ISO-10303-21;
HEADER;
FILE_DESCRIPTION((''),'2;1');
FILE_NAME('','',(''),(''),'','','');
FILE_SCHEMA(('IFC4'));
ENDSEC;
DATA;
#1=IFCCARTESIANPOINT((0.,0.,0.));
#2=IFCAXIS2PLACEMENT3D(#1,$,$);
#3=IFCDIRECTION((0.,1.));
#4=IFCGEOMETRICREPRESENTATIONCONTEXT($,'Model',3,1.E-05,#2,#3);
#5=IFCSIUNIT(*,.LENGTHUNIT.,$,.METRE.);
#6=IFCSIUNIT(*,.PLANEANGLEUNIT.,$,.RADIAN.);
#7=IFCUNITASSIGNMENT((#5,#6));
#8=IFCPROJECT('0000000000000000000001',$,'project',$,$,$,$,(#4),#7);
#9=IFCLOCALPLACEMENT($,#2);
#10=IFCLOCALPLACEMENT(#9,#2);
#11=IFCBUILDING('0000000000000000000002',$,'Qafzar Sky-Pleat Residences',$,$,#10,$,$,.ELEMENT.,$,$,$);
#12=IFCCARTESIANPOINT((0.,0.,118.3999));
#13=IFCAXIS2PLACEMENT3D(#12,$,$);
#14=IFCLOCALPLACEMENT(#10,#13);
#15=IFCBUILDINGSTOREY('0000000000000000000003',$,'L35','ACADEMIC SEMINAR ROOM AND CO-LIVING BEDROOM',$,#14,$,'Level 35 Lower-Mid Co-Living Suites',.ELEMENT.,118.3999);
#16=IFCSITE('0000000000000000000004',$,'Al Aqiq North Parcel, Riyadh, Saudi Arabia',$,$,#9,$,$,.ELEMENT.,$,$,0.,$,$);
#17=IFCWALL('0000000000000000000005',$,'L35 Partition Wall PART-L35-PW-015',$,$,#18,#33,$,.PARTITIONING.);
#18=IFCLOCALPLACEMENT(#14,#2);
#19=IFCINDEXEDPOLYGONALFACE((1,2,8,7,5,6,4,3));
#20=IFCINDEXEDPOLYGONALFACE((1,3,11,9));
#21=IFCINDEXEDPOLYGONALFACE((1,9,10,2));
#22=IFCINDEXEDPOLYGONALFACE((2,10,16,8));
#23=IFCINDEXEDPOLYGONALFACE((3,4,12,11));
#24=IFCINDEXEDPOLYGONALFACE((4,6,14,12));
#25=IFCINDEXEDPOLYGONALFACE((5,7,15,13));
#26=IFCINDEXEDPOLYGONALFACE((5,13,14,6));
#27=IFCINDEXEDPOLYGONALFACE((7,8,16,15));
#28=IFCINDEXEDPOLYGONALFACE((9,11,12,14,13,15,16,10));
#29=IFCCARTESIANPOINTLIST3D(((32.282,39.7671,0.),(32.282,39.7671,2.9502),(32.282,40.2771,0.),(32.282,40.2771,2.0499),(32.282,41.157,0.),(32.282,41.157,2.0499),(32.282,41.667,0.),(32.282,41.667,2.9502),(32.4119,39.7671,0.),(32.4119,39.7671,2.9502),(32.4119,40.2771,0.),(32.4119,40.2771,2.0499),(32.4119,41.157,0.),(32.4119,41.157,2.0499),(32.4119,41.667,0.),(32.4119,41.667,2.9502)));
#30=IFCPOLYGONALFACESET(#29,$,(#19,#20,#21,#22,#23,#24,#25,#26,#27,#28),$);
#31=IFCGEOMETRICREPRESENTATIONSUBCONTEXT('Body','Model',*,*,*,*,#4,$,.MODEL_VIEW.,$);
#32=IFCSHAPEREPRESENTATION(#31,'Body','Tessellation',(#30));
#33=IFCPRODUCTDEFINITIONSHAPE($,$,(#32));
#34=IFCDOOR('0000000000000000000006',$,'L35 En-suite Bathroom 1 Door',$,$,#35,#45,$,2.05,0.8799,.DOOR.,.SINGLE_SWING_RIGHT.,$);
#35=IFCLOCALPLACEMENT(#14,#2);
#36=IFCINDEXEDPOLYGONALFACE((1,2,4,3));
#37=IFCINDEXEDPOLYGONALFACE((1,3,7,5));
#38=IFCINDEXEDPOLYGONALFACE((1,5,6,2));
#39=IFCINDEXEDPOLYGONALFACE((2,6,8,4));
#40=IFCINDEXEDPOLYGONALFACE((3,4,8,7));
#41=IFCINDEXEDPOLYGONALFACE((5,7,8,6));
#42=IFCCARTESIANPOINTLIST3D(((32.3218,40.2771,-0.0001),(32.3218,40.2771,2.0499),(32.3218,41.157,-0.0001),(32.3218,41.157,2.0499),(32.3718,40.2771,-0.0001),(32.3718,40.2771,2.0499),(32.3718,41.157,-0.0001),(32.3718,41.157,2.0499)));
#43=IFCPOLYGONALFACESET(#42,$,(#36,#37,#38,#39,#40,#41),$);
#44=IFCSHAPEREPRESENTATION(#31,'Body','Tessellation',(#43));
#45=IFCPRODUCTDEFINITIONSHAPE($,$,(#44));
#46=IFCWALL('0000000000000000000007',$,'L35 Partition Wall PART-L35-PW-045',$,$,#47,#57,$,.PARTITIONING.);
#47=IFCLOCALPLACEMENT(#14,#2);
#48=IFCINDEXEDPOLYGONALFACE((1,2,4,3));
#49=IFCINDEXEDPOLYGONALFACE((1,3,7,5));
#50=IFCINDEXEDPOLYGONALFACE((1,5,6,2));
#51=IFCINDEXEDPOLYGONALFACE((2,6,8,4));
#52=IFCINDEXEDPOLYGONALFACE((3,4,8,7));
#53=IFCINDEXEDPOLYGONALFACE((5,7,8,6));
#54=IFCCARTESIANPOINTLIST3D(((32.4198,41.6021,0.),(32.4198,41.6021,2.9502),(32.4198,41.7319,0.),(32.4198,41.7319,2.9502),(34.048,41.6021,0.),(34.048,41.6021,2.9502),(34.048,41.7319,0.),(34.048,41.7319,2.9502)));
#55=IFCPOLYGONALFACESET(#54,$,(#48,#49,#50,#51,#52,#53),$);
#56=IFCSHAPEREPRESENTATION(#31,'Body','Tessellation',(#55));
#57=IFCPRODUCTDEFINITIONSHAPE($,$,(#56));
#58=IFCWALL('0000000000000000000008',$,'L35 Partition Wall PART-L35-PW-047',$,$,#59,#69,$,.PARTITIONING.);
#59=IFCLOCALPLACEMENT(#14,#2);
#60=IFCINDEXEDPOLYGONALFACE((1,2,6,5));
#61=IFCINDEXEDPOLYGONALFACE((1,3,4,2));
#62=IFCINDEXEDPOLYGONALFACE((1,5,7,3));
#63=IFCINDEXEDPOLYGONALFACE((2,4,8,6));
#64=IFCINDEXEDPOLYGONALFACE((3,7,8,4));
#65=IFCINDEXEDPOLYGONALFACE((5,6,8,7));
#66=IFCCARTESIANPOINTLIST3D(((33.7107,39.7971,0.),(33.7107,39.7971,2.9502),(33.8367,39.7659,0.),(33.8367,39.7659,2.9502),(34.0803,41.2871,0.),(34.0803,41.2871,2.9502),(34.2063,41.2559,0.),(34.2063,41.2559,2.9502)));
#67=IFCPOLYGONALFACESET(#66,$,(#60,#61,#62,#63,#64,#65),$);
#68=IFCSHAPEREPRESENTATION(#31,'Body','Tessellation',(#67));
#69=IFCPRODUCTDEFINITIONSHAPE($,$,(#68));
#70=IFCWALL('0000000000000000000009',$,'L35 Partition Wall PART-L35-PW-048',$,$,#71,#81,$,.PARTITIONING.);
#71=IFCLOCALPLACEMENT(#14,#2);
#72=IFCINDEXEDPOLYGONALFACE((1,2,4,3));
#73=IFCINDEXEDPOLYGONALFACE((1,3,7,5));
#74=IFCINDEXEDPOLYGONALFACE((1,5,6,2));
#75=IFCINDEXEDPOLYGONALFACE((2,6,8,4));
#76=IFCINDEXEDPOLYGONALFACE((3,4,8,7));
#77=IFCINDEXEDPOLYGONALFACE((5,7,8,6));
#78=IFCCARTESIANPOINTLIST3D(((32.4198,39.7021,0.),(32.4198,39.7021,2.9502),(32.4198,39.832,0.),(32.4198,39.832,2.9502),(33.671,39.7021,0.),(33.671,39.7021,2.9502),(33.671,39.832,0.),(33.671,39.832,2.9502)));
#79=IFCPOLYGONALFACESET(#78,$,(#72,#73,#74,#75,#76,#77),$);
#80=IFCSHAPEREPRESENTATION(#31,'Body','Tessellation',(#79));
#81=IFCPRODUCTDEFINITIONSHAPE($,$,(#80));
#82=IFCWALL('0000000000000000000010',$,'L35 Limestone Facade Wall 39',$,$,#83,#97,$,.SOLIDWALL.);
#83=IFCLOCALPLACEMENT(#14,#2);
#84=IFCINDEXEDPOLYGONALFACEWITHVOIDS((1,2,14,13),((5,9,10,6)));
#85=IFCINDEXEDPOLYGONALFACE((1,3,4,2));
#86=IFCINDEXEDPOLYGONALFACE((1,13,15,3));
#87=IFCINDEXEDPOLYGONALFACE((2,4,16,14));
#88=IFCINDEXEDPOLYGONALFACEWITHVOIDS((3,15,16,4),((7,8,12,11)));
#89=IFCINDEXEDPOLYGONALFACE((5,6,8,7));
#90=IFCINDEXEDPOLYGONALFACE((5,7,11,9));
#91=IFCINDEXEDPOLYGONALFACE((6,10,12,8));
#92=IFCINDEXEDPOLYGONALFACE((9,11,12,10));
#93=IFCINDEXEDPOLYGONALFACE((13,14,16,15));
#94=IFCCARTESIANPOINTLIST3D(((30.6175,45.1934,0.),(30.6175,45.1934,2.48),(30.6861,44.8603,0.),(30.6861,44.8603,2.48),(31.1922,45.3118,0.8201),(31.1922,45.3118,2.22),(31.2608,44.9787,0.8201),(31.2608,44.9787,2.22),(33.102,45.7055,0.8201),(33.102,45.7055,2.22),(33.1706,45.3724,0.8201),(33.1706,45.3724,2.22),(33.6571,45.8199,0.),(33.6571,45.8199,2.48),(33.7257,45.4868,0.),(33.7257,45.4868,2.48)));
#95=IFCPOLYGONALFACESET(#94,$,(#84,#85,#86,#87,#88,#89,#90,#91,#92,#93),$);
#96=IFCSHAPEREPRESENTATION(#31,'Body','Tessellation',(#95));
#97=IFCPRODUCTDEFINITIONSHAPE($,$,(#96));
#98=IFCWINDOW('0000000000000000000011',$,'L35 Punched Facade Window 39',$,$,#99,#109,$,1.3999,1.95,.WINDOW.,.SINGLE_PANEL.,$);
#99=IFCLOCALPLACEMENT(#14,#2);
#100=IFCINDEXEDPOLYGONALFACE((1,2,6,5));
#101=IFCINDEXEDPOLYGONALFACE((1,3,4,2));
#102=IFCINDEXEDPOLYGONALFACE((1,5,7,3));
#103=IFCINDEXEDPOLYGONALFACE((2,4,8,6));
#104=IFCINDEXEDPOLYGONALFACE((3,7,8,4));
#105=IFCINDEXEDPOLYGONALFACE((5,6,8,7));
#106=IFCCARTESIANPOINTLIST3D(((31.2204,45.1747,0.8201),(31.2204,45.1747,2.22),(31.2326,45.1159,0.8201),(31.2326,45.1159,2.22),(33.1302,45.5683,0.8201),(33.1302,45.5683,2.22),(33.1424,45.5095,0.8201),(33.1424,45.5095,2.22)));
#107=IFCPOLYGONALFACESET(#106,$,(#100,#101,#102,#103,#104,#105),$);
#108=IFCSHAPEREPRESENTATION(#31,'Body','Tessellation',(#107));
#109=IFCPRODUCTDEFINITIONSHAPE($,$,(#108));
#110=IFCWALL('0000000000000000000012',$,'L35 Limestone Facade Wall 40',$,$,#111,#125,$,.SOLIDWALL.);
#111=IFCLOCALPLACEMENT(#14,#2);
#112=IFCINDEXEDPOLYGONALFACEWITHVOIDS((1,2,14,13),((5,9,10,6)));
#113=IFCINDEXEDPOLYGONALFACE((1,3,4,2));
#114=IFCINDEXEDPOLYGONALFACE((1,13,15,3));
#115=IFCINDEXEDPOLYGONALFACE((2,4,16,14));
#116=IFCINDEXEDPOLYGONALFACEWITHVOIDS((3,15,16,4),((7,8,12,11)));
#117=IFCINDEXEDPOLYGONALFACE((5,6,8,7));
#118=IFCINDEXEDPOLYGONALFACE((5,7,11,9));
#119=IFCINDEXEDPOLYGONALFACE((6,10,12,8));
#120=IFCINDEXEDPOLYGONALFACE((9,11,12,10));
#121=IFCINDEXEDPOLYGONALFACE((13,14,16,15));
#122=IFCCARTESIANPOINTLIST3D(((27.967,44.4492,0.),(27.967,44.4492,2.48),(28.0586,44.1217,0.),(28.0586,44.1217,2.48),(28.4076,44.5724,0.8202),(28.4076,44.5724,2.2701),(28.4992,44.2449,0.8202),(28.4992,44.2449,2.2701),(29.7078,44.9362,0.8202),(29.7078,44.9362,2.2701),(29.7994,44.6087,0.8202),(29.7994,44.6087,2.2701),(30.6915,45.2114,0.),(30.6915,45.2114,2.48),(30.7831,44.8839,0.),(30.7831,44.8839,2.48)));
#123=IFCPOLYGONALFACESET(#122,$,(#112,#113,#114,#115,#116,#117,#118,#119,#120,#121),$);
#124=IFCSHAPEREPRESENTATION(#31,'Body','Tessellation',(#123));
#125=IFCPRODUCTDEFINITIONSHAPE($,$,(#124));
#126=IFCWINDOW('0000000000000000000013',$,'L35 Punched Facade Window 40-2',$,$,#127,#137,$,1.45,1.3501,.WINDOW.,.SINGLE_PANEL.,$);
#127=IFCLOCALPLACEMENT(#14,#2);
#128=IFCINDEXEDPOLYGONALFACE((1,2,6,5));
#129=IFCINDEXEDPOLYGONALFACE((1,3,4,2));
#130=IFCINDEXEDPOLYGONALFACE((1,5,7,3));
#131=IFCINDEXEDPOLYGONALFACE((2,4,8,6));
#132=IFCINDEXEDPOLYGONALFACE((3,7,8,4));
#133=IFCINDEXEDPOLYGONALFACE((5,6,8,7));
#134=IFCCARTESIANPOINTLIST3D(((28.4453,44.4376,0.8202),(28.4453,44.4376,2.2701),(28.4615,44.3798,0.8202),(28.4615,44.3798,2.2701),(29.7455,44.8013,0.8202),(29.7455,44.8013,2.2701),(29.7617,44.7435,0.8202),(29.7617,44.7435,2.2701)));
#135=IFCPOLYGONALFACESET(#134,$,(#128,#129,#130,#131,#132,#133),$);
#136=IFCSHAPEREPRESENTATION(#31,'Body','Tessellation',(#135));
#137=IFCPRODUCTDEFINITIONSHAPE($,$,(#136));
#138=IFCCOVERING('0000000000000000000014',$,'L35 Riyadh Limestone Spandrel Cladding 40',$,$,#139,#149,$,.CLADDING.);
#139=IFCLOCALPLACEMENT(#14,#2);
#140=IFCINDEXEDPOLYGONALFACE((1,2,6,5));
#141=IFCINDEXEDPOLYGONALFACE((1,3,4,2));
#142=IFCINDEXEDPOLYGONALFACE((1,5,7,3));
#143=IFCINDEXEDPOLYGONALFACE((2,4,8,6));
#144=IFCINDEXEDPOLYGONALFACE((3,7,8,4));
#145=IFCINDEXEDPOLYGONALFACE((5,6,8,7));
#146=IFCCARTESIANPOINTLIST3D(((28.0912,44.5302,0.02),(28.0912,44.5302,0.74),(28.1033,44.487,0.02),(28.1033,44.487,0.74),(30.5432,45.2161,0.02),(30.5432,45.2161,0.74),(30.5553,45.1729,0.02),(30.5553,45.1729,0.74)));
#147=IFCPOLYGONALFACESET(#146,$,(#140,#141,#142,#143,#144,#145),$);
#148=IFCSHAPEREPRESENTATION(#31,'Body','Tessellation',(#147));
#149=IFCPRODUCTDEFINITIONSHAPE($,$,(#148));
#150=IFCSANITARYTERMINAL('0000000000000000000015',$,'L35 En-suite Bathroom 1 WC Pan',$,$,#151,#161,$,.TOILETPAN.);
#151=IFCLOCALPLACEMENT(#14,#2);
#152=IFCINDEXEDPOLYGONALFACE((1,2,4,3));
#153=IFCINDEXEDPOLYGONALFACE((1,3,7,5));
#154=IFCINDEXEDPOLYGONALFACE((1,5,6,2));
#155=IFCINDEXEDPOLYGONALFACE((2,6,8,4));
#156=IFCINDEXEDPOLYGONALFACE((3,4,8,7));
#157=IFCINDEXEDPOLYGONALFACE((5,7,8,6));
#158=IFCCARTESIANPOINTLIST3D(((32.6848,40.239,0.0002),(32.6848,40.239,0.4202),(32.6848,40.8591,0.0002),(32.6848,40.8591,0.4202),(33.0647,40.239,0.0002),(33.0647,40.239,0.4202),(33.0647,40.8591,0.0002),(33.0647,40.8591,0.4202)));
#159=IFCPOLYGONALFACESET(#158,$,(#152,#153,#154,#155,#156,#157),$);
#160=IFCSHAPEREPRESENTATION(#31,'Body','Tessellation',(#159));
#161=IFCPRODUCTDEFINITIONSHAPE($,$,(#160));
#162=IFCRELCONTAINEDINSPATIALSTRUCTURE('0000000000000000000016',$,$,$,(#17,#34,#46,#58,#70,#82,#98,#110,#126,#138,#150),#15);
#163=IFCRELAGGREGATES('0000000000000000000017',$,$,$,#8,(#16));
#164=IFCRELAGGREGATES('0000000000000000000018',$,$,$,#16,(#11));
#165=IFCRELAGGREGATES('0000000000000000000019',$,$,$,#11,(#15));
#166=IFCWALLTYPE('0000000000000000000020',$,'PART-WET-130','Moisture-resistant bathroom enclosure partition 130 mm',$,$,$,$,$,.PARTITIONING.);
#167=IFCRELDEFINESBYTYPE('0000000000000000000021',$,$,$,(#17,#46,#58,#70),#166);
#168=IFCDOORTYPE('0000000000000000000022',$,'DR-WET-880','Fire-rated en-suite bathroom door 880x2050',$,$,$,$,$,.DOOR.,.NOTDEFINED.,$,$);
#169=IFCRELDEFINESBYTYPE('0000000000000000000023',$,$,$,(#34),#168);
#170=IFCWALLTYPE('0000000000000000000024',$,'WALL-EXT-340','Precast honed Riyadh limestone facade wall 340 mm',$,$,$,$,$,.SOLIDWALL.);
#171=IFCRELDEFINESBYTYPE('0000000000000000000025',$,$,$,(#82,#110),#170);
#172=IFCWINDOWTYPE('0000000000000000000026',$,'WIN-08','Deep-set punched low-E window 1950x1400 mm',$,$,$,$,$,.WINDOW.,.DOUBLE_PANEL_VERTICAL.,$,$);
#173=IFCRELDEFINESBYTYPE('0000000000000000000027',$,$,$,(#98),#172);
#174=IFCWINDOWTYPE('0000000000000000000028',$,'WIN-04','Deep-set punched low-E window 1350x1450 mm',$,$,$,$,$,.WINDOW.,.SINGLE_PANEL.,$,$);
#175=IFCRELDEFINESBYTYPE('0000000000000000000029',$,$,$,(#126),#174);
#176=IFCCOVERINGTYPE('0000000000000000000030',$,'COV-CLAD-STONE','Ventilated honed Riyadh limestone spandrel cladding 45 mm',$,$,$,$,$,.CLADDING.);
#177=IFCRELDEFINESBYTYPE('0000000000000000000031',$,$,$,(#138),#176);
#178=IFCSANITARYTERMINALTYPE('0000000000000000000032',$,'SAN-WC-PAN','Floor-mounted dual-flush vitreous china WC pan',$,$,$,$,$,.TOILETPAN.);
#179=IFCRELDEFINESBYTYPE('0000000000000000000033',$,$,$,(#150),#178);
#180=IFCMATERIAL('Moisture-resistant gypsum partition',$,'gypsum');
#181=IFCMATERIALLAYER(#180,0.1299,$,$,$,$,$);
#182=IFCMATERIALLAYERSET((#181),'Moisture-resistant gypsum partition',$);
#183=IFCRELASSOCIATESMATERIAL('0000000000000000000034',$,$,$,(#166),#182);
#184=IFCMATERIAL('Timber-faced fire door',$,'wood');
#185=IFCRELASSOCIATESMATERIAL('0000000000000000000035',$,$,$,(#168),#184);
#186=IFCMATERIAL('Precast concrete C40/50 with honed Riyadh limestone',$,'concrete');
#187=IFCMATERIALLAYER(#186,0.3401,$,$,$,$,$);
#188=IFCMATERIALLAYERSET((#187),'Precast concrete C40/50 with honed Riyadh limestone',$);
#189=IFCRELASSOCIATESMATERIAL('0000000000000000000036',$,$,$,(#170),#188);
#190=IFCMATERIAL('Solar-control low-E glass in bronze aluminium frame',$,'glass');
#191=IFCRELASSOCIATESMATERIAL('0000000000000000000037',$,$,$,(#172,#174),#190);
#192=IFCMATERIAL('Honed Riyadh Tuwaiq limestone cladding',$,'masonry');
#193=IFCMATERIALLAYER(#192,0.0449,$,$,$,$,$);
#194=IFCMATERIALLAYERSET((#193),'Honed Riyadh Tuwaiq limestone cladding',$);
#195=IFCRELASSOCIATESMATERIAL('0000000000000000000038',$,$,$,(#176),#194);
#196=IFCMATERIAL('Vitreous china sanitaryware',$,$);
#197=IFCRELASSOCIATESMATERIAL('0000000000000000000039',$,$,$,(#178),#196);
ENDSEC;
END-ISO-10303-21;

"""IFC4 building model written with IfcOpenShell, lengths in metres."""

from ifc_helpers import new_model, si_unit, direction, frame, frame_2d, origin, origin_2d, place, context, subcontext, project, spatial, rectangle, extrude, source, transform, mapped, material, layer, layer_set, type_object, element, fill, save


model = new_model("IFC4")

# Units and contexts
model_context = context("Model", 3, precision=1e-05, world=origin(), true_north=direction((0.0, 1.0)))
body_context = subcontext(model_context, "Body", "Model", "MODEL_VIEW")
ifc_project = project(units=[si_unit("LENGTHUNIT", "METRE"), si_unit("PLANEANGLEUNIT", "RADIAN")], contexts=[model_context])

# Site, building, storey
site_placement = place(None, origin())
site = spatial("IfcSite", under=ifc_project, at=site_placement, Name="Al Aqiq North Parcel, Riyadh, Saudi Arabia", CompositionType="ELEMENT", RefElevation=0.0)
building_placement = place(site_placement, origin())
building = spatial("IfcBuilding", under=site, at=building_placement, Name="Qafzar Sky-Pleat Residences", CompositionType="ELEMENT")
storey_placement = place(building_placement, frame((0.0, 0.0, 118.3999)))
storey = spatial("IfcBuildingStorey", under=building, at=storey_placement, Name="L35", Description="ACADEMIC SEMINAR ROOM AND CO-LIVING BEDROOM", LongName="Level 35 Lower-Mid Co-Living Suites", CompositionType="ELEMENT", Elevation=118.3999)

# Shared definitions
ifc_material_1 = material(Name="Timber-faced fire door", Category="wood")

# Wall, opening, door
ifc_material_2 = material(Name="Moisture-resistant gypsum partition", Category="gypsum")
ifc_layer_1 = layer(ifc_material_2, 0.1299)
ifc_layer_set_1 = layer_set([ifc_layer_1], Name="Moisture-resistant gypsum partition")
wall_type_1 = type_object("IfcWallType", Name="PART-WET-130", Description="Moisture-resistant bathroom enclosure partition 130 mm", PredefinedType="PARTITIONING", material=ifc_layer_set_1)
wall_1_placement = place(storey_placement, frame((32.3469, 41.667, 0.0), z_axis=(0.0, 0.0, 1.0), x_axis=(0.0, -1.0, 0.0)))
wall_1 = element("IfcWall", 1, at=wall_1_placement, inside=storey, type_object=wall_type_1, Name="L35 Partition Wall PART-L35-PW-015", PredefinedType="PARTITIONING", context=body_context, shape_type="SweptSolid", body=[
    extrude(rectangle(XDim=1.8999, YDim=0.1299, at=frame_2d((0.95, 0.0))), origin(), (0.0, 0.0, 1.0), 2.9502),
])
opening_1_placement = place(wall_1_placement, frame((0.51, 0.0, 0.0)))
opening_1 = element("IfcOpeningElement", 2, at=opening_1_placement, cuts=wall_1, PredefinedType="OPENING", context=body_context, shape_type="SweptSolid", body=[
    extrude(rectangle(XDim=0.8799, YDim=2.05, at=frame_2d((0.4399, 1.0249))), frame((0.0, 0.075, 0.0), z_axis=(0.0, -1.0, 0.0), x_axis=(1.0, 0.0, 0.0)), (0.0, 0.0, 1.0), 0.1499),
])
door_type_1 = type_object("IfcDoorType", Name="DR-WET-880", Description="Fire-rated en-suite bathroom door 880x2050", OperationType="NOTDEFINED", PredefinedType="DOOR", material=ifc_material_1)
shared_shape_1 = source(origin(), body_context, "Body", "SweptSolid", [
    extrude(rectangle(XDim=0.8799, YDim=2.05, at=frame_2d((0.4399, 1.0249))), frame((0.0, 0.0249, 0.0), z_axis=(0.0, -1.0, 0.0), x_axis=(1.0, 0.0, 0.0)), (0.0, 0.0, 1.0), 0.05),
])
door_1_placement = place(opening_1_placement, origin())
door_1 = element("IfcDoor", 3, at=door_1_placement, inside=storey, type_object=door_type_1, Name="L35 En-suite Bathroom 1 Door", OperationType="SINGLE_SWING_RIGHT", OverallHeight=2.05, OverallWidth=0.8799, PredefinedType="DOOR", context=body_context, shape_type="MappedRepresentation", body=[
    mapped(shared_shape_1, transform((0.0, 0.0, 0.0), x_axis=(1.0, 0.0, 0.0), y_axis=(0.0, 1.0, 0.0), z_axis=(0.0, 0.0, 1.0), scale=1.0)),
])
fill(opening_1, door_1)

# Walls
wall_2_placement = place(storey_placement, frame((32.4199, 41.667, 0.0), z_axis=(0.0, 0.0, 1.0), x_axis=(1.0, 0.0, 0.0)))
element("IfcWall", 4, at=wall_2_placement, inside=storey, type_object=wall_type_1, Name="L35 Partition Wall PART-L35-PW-045", PredefinedType="PARTITIONING", context=body_context, shape_type="SweptSolid", body=[
    extrude(rectangle(XDim=1.6282, YDim=0.1299, at=frame_2d((0.814, 0.0))), origin(), (0.0, 0.0, 1.0), 2.9502),
])
wall_3_placement = place(storey_placement, frame((33.7737, 39.7815, 0.0), z_axis=(0.0, 0.0, 1.0), x_axis=(0.240777, 0.970581, 0.0)))
element("IfcWall", 5, at=wall_3_placement, inside=storey, type_object=wall_type_1, Name="L35 Partition Wall PART-L35-PW-047", PredefinedType="PARTITIONING", context=body_context, shape_type="SweptSolid", body=[
    extrude(rectangle(XDim=1.5352, YDim=0.1299, at=frame_2d((0.7676, 0.0))), origin(), (0.0, 0.0, 1.0), 2.9502),
])
wall_4_placement = place(storey_placement, frame((32.4199, 39.7671, 0.0), z_axis=(0.0, 0.0, 1.0), x_axis=(1.0, 0.0, 0.0)))
element("IfcWall", 6, at=wall_4_placement, inside=storey, type_object=wall_type_1, Name="L35 Partition Wall PART-L35-PW-048", PredefinedType="PARTITIONING", context=body_context, shape_type="SweptSolid", body=[
    extrude(rectangle(XDim=1.2512, YDim=0.1299, at=frame_2d((0.6255, 0.0))), origin(), (0.0, 0.0, 1.0), 2.9502),
])

# Walls, openings, windows
ifc_material_3 = material(Name="Precast concrete C40/50 with honed Riyadh limestone", Category="concrete")
ifc_layer_2 = layer(ifc_material_3, 0.3401)
ifc_layer_set_2 = layer_set([ifc_layer_2], Name="Precast concrete C40/50 with honed Riyadh limestone")
wall_type_2 = type_object("IfcWallType", Name="WALL-EXT-340", Description="Precast honed Riyadh limestone facade wall 340 mm", PredefinedType="SOLIDWALL", material=ifc_layer_set_2)
wall_5_placement = place(storey_placement, frame((33.6914, 45.6533, 0.0), z_axis=(0.0, 0.0, 1.0), x_axis=(-0.979414, -0.201862, 0.0)))
wall_5 = element("IfcWall", 7, at=wall_5_placement, inside=storey, type_object=wall_type_2, Name="L35 Limestone Facade Wall 39", PredefinedType="SOLIDWALL", context=body_context, shape_type="SweptSolid", body=[
    extrude(rectangle(XDim=3.1035, YDim=0.3401, at=frame_2d((1.5518, 0.0))), origin(), (0.0, 0.0, 1.0), 2.48),
])
opening_2_placement = place(wall_5_placement, frame((0.5667, 0.0, 0.8201)))
opening_2 = element("IfcOpeningElement", 8, at=opening_2_placement, cuts=wall_5, PredefinedType="OPENING", context=body_context, shape_type="SweptSolid", body=[
    extrude(rectangle(XDim=1.95, YDim=1.3999, at=frame_2d((0.9751, 0.7))), frame((0.0, 0.1802, 0.0), z_axis=(0.0, -1.0, 0.0), x_axis=(1.0, 0.0, 0.0)), (0.0, 0.0, 1.0), 0.3601),
])
ifc_material_4 = material(Name="Solar-control low-E glass in bronze aluminium frame", Category="glass")
window_type_1 = type_object("IfcWindowType", Name="WIN-08", Description="Deep-set punched low-E window 1950x1400 mm", PartitioningType="DOUBLE_PANEL_VERTICAL", PredefinedType="WINDOW", material=ifc_material_4)
shared_shape_2 = source(origin(), body_context, "Body", "SweptSolid", [
    extrude(rectangle(XDim=1.95, YDim=1.3999, at=frame_2d((0.9751, 0.7))), frame((0.0, 0.03, 0.0), z_axis=(0.0, -1.0, 0.0), x_axis=(1.0, 0.0, 0.0)), (0.0, 0.0, 1.0), 0.0601),
])
window_1_placement = place(opening_2_placement, origin())
window_1 = element("IfcWindow", 9, at=window_1_placement, inside=storey, type_object=window_type_1, Name="L35 Punched Facade Window 39", OverallHeight=1.3999, OverallWidth=1.95, PartitioningType="SINGLE_PANEL", PredefinedType="WINDOW", context=body_context, shape_type="MappedRepresentation", body=[
    mapped(shared_shape_2, transform((0.0, 0.0, 0.0), x_axis=(1.0, 0.0, 0.0), y_axis=(0.0, 1.0, 0.0), z_axis=(0.0, 0.0, 1.0), scale=1.0)),
])
fill(opening_2, window_1)
wall_6_placement = place(storey_placement, frame((30.7373, 45.0476, 0.0), z_axis=(0.0, 0.0, 1.0), x_axis=(-0.963027, -0.269406, 0.0)))
wall_6 = element("IfcWall", 10, at=wall_6_placement, inside=storey, type_object=wall_type_2, Name="L35 Limestone Facade Wall 40", PredefinedType="SOLIDWALL", context=body_context, shape_type="SweptSolid", body=[
    extrude(rectangle(XDim=2.8291, YDim=0.3401, at=frame_2d((1.4146, 0.0))), origin(), (0.0, 0.0, 1.0), 2.48),
])
opening_3_placement = place(wall_6_placement, frame((1.0215, 0.0, 0.8201)))
opening_3 = element("IfcOpeningElement", 11, at=opening_3_placement, cuts=wall_6, PredefinedType="OPENING", context=body_context, shape_type="SweptSolid", body=[
    extrude(rectangle(XDim=1.3501, YDim=1.45, at=frame_2d((0.675, 0.7251))), frame((0.0, 0.1802, 0.0), z_axis=(0.0, -1.0, 0.0), x_axis=(1.0, 0.0, 0.0)), (0.0, 0.0, 1.0), 0.3601),
])
window_type_2 = type_object("IfcWindowType", Name="WIN-04", Description="Deep-set punched low-E window 1350x1450 mm", PartitioningType="SINGLE_PANEL", PredefinedType="WINDOW", material=ifc_material_4)
shared_shape_3 = source(origin(), body_context, "Body", "SweptSolid", [
    extrude(rectangle(XDim=1.3501, YDim=1.45, at=frame_2d((0.675, 0.7251))), frame((0.0, 0.03, 0.0), z_axis=(0.0, -1.0, 0.0), x_axis=(1.0, 0.0, 0.0)), (0.0, 0.0, 1.0), 0.0601),
])
window_2_placement = place(opening_3_placement, origin())
window_2 = element("IfcWindow", 12, at=window_2_placement, inside=storey, type_object=window_type_2, Name="L35 Punched Facade Window 40-2", OverallHeight=1.45, OverallWidth=1.3501, PartitioningType="SINGLE_PANEL", PredefinedType="WINDOW", context=body_context, shape_type="MappedRepresentation", body=[
    mapped(shared_shape_3, transform((0.0, 0.0, 0.0), x_axis=(1.0, 0.0, 0.0), y_axis=(0.0, 1.0, 0.0), z_axis=(0.0, 0.0, 1.0), scale=1.0)),
])
fill(opening_3, window_2)

# Covering
ifc_material_5 = material(Name="Honed Riyadh Tuwaiq limestone cladding", Category="masonry")
ifc_layer_3 = layer(ifc_material_5, 0.0449)
ifc_layer_set_3 = layer_set([ifc_layer_3], Name="Honed Riyadh Tuwaiq limestone cladding")
covering_type = type_object("IfcCoveringType", Name="COV-CLAD-STONE", Description="Ventilated honed Riyadh limestone spandrel cladding 45 mm", PredefinedType="CLADDING", material=ifc_layer_set_3)
shared_shape_4 = source(origin(), body_context, "Body", "SweptSolid", [
    extrude(rectangle(XDim=2.5461, YDim=0.0449, at=origin_2d()), origin(), (0.0, 0.0, 1.0), 0.72),
])
covering_placement = place(storey_placement, frame((29.3232, 44.8516, 0.02), z_axis=(0.0, 0.0, 1.0), x_axis=(-0.963031, -0.26939, 0.0)))
element("IfcCovering", 13, at=covering_placement, inside=storey, type_object=covering_type, Name="L35 Riyadh Limestone Spandrel Cladding 40", PredefinedType="CLADDING", context=body_context, shape_type="MappedRepresentation", body=[
    mapped(shared_shape_4, transform((0.0, 0.0, 0.0), x_axis=(1.0, 0.0, 0.0), y_axis=(0.0, 1.0, 0.0), z_axis=(0.0, 0.0, 1.0), scale=1.0)),
])

# Sanitary terminal
ifc_material_6 = material(Name="Vitreous china sanitaryware")
sanitary_terminal_type_1 = type_object("IfcSanitaryTerminalType", Name="SAN-WC-PAN", Description="Floor-mounted dual-flush vitreous china WC pan", PredefinedType="TOILETPAN", material=ifc_material_6)
shared_shape_5 = source(origin(), body_context, "Body", "SweptSolid", [
    extrude(rectangle(XDim=0.3799, YDim=0.6201, at=origin_2d()), origin(), (0.0, 0.0, 1.0), 0.4199),
])
sanitary_terminal_1_placement = place(storey_placement, frame((32.8748, 40.5491, 0.0002), z_axis=(0.0, 0.0, 1.0), x_axis=(1.0, 0.0, 0.0)))
element("IfcSanitaryTerminal", 14, at=sanitary_terminal_1_placement, inside=storey, type_object=sanitary_terminal_type_1, Name="L35 En-suite Bathroom 1 WC Pan", PredefinedType="TOILETPAN", context=body_context, shape_type="MappedRepresentation", body=[
    mapped(shared_shape_5, transform((0.0, 0.0, 0.0), x_axis=(1.0, 0.0, 0.0), y_axis=(0.0, 1.0, 0.0), z_axis=(0.0, 0.0, 1.0), scale=1.0)),
])

save(model, "model.ifc")
